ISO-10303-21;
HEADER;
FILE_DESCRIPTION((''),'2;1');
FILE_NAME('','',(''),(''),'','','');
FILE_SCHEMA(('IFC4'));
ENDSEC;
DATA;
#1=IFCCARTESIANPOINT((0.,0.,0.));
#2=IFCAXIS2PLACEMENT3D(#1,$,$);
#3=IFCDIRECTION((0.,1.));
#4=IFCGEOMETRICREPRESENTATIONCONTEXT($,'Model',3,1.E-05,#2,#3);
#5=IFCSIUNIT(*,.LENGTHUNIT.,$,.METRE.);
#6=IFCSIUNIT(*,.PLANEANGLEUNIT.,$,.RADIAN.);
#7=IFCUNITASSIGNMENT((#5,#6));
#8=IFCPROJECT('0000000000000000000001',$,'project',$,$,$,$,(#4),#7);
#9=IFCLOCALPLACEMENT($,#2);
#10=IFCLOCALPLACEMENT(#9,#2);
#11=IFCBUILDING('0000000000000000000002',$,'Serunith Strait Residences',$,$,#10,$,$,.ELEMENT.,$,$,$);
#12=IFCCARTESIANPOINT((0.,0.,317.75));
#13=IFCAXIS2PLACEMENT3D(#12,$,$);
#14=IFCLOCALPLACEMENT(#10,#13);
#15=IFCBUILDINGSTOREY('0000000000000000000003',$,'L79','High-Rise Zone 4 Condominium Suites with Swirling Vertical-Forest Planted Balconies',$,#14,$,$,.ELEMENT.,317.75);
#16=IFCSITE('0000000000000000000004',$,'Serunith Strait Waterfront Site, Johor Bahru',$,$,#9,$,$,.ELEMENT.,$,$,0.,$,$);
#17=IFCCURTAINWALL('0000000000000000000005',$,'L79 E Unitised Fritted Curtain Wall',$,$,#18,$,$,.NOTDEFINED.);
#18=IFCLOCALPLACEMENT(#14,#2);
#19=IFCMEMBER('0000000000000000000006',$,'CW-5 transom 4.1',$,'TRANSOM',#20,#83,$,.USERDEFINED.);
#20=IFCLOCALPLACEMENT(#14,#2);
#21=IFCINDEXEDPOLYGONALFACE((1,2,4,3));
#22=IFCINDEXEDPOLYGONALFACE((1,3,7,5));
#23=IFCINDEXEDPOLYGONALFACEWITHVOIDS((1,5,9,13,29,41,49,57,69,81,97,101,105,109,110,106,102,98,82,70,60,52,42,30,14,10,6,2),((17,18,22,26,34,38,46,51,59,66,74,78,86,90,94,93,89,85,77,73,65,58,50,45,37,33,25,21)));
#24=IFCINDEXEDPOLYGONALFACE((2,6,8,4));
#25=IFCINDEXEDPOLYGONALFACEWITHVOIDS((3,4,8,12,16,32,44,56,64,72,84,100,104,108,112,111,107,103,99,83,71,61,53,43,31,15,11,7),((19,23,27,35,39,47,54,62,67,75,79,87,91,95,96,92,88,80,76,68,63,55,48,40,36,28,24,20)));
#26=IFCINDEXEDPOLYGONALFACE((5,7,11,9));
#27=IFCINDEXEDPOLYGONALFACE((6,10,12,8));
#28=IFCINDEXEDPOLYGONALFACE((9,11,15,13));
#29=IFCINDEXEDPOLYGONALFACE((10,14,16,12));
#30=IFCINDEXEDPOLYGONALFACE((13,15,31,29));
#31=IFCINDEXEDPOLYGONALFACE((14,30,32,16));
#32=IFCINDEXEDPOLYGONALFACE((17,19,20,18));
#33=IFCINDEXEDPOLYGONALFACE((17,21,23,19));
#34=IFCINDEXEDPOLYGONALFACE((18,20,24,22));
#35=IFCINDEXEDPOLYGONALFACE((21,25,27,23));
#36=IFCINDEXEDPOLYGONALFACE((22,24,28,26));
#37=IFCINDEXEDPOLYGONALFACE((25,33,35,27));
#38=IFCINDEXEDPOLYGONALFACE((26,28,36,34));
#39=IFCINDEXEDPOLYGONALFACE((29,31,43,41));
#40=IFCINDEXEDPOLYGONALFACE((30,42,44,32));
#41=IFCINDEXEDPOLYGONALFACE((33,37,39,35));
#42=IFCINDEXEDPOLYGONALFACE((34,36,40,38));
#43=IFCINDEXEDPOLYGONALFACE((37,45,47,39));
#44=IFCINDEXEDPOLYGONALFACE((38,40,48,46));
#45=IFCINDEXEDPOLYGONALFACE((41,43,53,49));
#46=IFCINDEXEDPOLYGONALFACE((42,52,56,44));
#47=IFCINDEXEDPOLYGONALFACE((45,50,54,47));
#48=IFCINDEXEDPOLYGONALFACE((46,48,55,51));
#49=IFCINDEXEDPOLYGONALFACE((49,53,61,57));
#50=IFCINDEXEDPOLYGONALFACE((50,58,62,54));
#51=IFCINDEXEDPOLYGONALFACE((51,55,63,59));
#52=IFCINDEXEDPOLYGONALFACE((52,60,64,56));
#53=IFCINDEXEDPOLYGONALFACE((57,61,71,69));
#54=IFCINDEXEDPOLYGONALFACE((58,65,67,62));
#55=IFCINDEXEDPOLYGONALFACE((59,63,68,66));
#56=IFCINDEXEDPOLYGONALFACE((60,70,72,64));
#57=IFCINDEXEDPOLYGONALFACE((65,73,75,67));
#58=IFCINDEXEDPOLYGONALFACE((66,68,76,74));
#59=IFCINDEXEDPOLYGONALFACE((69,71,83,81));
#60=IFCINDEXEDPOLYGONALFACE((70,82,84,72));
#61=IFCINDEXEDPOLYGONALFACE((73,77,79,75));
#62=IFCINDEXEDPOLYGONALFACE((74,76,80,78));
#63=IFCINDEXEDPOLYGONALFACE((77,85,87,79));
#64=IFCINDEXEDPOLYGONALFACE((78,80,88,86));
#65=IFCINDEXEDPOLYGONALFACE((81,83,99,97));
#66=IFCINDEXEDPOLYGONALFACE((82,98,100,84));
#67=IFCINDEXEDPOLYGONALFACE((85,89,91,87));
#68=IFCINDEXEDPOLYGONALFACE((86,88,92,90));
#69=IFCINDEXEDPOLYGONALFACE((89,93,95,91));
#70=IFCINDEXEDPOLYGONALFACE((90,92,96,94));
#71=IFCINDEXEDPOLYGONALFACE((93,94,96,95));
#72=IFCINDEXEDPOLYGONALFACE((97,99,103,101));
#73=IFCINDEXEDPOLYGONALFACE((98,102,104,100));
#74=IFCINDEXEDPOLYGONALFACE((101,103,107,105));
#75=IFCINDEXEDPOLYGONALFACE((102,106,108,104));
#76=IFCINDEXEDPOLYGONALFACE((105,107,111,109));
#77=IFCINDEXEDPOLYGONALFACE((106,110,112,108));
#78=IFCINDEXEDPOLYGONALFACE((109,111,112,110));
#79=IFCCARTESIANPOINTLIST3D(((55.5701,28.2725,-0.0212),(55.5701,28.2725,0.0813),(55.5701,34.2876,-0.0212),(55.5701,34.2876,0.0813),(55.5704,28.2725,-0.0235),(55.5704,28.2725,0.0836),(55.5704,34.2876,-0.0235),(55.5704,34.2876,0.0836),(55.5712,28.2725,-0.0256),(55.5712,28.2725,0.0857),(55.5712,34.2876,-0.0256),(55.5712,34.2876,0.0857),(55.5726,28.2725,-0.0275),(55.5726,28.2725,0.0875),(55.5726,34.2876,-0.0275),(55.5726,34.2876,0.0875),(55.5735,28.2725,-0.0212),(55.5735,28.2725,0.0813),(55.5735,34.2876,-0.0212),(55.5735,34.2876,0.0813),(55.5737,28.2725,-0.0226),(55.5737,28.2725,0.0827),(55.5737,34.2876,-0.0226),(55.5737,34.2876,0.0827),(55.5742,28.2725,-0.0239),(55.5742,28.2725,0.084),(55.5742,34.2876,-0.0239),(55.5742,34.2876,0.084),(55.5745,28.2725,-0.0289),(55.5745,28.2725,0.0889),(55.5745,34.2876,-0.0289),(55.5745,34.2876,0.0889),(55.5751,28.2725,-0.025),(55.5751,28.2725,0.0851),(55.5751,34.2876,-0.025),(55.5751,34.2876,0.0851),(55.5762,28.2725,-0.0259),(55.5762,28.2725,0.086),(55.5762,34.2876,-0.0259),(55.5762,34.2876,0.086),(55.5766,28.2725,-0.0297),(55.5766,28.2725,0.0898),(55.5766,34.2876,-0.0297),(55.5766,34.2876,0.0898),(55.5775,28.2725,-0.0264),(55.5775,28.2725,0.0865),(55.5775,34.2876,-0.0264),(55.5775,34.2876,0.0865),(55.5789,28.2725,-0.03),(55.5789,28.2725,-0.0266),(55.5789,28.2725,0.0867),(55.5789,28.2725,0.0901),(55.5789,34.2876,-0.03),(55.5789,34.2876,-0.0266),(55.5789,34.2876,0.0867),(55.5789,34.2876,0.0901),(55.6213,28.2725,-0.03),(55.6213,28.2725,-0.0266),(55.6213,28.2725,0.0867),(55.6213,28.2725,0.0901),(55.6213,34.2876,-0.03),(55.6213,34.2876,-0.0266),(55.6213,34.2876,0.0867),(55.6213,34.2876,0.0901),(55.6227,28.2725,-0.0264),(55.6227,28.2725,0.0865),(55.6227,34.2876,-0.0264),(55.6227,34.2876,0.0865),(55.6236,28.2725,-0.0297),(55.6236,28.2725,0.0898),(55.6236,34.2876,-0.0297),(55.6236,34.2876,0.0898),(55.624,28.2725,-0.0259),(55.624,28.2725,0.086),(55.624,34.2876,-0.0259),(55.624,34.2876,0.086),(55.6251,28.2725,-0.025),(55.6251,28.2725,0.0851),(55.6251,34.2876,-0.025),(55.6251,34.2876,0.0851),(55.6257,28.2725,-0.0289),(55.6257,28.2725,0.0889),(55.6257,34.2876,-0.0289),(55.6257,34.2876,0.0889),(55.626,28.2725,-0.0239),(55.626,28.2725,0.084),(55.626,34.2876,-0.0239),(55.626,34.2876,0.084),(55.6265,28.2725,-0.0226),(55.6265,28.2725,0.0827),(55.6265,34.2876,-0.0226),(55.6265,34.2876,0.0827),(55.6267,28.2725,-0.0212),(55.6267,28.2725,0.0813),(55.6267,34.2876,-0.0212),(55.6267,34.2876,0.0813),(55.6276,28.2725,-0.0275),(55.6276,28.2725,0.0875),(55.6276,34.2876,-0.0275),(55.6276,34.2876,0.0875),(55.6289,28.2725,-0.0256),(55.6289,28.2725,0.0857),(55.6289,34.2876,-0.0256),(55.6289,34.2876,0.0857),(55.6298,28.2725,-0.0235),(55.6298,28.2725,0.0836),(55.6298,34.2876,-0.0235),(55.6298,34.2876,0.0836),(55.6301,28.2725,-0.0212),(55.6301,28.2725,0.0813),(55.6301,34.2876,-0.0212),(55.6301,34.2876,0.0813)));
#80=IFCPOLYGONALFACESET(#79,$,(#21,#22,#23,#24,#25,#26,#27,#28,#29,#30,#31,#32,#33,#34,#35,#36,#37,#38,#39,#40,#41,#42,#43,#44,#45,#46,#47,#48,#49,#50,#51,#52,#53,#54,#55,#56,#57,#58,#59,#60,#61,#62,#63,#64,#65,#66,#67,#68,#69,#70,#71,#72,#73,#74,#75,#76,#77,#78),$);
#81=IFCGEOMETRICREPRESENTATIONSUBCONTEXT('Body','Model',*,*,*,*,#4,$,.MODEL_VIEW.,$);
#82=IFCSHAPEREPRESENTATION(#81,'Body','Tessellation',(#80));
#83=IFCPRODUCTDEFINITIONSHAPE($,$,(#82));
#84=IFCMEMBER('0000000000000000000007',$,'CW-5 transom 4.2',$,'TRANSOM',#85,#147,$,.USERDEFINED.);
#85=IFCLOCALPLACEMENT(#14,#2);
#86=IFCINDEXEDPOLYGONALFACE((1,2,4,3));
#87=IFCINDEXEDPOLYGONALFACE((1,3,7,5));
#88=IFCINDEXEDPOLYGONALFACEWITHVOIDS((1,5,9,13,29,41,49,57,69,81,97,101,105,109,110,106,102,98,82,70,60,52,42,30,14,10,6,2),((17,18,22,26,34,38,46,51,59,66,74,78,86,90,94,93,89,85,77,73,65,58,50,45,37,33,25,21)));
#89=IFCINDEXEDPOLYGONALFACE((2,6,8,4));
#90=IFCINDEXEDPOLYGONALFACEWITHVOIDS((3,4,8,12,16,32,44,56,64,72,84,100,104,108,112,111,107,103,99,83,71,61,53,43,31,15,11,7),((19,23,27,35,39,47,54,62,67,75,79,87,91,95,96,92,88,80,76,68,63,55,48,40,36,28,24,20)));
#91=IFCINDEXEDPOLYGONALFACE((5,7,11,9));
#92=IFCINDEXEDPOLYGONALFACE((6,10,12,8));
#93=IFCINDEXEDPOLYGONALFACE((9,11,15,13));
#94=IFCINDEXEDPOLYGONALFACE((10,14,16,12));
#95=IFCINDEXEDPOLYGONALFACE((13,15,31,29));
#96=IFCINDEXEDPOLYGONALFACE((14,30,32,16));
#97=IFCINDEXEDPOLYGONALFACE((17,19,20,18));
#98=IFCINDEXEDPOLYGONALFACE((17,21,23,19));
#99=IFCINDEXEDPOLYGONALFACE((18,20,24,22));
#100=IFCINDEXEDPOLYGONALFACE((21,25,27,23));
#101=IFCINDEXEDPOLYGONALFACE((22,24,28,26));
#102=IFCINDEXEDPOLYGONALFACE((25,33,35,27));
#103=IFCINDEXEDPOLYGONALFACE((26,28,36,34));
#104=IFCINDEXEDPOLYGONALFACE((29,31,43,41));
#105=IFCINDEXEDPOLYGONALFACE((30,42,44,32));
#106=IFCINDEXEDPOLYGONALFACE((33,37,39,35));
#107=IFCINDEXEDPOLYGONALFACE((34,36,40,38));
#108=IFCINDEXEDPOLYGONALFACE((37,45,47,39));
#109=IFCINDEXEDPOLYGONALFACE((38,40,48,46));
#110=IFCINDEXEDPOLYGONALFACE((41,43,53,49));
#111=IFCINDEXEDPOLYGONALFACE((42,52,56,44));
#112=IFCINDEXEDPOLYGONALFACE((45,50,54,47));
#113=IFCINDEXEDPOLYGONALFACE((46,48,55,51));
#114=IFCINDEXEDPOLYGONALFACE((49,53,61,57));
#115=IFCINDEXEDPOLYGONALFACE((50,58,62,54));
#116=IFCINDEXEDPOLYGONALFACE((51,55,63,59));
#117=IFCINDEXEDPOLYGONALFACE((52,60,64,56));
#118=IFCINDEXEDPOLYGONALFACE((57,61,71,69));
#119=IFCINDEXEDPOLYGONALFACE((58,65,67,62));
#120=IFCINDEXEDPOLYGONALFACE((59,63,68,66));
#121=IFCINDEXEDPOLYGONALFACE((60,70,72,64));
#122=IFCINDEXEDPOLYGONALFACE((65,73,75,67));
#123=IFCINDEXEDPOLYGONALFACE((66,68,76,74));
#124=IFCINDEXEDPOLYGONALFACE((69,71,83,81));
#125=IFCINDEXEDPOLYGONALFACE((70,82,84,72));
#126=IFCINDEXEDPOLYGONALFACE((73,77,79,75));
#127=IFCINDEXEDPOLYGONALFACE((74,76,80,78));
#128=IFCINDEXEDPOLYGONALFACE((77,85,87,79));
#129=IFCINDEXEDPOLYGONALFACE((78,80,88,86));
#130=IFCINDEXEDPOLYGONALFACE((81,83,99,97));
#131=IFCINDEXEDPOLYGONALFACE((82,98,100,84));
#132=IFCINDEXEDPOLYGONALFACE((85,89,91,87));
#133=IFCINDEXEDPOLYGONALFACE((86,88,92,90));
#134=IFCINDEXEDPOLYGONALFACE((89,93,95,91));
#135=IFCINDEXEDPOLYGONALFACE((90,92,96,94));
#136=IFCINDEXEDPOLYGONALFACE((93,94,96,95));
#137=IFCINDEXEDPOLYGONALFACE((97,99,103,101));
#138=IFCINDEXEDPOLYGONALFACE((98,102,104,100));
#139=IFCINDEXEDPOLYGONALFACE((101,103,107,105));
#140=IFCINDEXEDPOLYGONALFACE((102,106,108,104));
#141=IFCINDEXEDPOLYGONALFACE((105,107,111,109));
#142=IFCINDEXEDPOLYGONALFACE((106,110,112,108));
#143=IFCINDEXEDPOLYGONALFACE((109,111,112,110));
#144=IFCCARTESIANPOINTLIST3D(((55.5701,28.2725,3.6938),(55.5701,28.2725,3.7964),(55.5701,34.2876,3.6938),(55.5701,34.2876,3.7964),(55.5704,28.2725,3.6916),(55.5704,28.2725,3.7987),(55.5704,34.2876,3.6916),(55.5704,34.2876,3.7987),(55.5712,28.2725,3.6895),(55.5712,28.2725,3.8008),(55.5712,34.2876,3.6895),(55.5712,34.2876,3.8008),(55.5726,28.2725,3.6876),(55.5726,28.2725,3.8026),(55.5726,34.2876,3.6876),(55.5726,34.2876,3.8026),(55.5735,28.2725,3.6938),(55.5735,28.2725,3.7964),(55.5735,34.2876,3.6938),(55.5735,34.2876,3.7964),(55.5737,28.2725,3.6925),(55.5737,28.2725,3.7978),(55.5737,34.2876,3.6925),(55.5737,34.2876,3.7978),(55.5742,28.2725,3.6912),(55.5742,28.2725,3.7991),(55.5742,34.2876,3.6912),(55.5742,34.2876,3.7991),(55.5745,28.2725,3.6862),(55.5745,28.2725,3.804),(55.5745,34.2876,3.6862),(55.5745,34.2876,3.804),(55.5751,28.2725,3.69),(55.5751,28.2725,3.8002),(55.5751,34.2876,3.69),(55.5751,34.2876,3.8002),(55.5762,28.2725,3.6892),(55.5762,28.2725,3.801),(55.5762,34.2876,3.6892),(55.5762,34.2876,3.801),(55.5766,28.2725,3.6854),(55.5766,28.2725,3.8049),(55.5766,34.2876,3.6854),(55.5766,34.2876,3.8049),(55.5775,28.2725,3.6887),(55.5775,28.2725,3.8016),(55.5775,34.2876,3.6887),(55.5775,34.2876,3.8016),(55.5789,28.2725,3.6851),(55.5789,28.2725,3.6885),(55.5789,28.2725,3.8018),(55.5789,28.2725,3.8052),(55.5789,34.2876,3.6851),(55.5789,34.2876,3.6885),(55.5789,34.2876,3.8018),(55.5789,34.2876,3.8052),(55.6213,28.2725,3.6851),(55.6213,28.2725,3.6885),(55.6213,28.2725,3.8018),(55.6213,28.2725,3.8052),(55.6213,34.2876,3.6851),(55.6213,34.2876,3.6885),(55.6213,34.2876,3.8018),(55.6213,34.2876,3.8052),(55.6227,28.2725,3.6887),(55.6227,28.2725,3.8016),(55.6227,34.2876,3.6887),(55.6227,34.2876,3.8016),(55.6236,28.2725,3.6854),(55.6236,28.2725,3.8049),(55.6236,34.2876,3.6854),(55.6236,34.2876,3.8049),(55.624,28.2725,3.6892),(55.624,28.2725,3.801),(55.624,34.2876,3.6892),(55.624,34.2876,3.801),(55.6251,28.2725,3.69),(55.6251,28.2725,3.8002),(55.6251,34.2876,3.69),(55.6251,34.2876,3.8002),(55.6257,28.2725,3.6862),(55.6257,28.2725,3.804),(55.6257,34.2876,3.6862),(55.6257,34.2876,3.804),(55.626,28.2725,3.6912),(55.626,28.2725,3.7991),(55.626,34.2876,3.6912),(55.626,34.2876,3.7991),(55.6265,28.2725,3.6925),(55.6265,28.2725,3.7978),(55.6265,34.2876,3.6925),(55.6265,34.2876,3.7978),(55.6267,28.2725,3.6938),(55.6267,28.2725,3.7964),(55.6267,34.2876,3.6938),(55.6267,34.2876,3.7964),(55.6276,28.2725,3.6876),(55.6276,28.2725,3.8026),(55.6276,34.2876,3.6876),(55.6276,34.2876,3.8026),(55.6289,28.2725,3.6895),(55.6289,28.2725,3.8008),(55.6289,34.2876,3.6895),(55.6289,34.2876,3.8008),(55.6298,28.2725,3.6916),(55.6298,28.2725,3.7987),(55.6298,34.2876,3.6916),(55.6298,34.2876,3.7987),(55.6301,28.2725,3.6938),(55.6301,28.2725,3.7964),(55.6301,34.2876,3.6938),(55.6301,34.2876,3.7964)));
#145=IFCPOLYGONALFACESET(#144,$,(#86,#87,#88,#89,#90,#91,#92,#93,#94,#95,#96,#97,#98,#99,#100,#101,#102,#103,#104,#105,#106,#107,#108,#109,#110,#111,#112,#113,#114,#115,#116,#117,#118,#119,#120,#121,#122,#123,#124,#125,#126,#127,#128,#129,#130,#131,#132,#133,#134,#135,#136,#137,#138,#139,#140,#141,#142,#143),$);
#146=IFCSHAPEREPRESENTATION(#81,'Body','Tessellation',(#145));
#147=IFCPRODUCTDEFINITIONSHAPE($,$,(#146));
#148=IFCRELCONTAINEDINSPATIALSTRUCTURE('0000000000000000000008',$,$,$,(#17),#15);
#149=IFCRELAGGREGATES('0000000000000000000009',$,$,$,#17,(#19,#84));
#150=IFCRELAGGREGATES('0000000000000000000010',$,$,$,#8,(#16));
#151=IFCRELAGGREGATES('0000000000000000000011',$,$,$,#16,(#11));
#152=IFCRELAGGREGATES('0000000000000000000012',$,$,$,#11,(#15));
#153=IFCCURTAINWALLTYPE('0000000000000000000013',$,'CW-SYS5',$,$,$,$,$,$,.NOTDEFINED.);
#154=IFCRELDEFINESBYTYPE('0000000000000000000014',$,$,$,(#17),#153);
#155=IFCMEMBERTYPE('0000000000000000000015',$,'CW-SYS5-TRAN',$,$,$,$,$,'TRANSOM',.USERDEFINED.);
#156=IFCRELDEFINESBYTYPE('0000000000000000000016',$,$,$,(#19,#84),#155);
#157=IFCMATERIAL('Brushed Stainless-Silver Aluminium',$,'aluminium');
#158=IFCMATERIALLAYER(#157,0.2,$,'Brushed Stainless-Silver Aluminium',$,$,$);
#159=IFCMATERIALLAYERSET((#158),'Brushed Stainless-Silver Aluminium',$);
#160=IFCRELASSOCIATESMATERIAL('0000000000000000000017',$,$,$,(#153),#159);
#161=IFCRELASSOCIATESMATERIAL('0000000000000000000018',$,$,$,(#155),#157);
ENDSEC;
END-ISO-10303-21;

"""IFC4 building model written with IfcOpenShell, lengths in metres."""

from ifc_helpers import new_model, si_unit, direction, frame, origin, origin_2d, place, context, subcontext, project, spatial, hollow_rectangle, extrude, source, transform, mapped, material, layer, layer_set, material_profile, profile_set, type_object, element, aggregate, save


model = new_model("IFC4")

# Units and contexts
model_context = context("Model", 3, precision=1e-05, world=origin(), true_north=direction((0.0, 1.0)))
body_context = subcontext(model_context, "Body", "Model", "MODEL_VIEW")
ifc_project = project(units=[si_unit("LENGTHUNIT", "METRE"), si_unit("PLANEANGLEUNIT", "RADIAN")], contexts=[model_context])

# Site, building, storey
site_placement = place(None, origin())
site = spatial("IfcSite", under=ifc_project, at=site_placement, Name="Serunith Strait Waterfront Site, Johor Bahru", CompositionType="ELEMENT", RefElevation=0.0)
building_placement = place(site_placement, origin())
building = spatial("IfcBuilding", under=site, at=building_placement, Name="Serunith Strait Residences", CompositionType="ELEMENT")
storey_placement = place(building_placement, frame((0.0, 0.0, 317.75)))
storey = spatial("IfcBuildingStorey", under=building, at=storey_placement, Name="L79", Description="High-Rise Zone 4 Condominium Suites with Swirling Vertical-Forest Planted Balconies", CompositionType="ELEMENT", Elevation=317.75)

# Curtain wall, members
ifc_material_1 = material(Name="Brushed Stainless-Silver Aluminium", Category="aluminium")
ifc_layer_1 = layer(ifc_material_1, 0.2, Name="Brushed Stainless-Silver Aluminium")
ifc_layer_set_1 = layer_set([ifc_layer_1], Name="Brushed Stainless-Silver Aluminium")
curtain_wall_type = type_object("IfcCurtainWallType", Name="CW-SYS5", PredefinedType="NOTDEFINED", material=ifc_layer_set_1)
curtain_wall_placement = place(storey_placement, origin())
curtain_wall = element("IfcCurtainWall", 1, at=curtain_wall_placement, inside=storey, type_object=curtain_wall_type, Name="L79 E Unitised Fritted Curtain Wall", PredefinedType="NOTDEFINED")
ifc_material_profile_1 = material_profile(ifc_material_1, hollow_rectangle(XDim=0.0601, YDim=0.1201, WallThickness=0.0034, InnerFilletRadius=0.0054, OuterFilletRadius=0.0088, at=origin_2d()), Name="ALU 120x60x3.5")
ifc_profile_set_1 = profile_set([ifc_material_profile_1], Name="Brushed Stainless-Silver Aluminium")
member_type_1 = type_object("IfcMemberType", Name="CW-SYS5-TRAN", ElementType="TRANSOM", PredefinedType="USERDEFINED", material=ifc_profile_set_1)
shared_shape_1 = source(origin(), body_context, "Body", "SweptSolid", [
    extrude(hollow_rectangle(XDim=0.0601, YDim=0.1201, WallThickness=0.0034, InnerFilletRadius=0.0054, OuterFilletRadius=0.0088, at=origin_2d()), origin(), (0.0, 0.0, 1.0), 6.0151),
])
member_1_placement = place(storey_placement, frame((55.6001, 28.2725, 0.03), z_axis=(0.0, 1.0, 0.0), x_axis=(-1.0, 0.0, 0.0)))
member_1 = element("IfcMember", 2, at=member_1_placement, type_object=member_type_1, Name="CW-5 transom 4.1", ObjectType="TRANSOM", PredefinedType="USERDEFINED", context=body_context, shape_type="MappedRepresentation", body=[
    mapped(shared_shape_1, transform((0.0, 0.0, 0.0), scale=1.0)),
])
member_2_placement = place(storey_placement, frame((55.6001, 28.2725, 3.7451), z_axis=(0.0, 1.0, 0.0), x_axis=(-1.0, 0.0, 0.0)))
member_2 = element("IfcMember", 3, at=member_2_placement, type_object=member_type_1, Name="CW-5 transom 4.2", ObjectType="TRANSOM", PredefinedType="USERDEFINED", context=body_context, shape_type="MappedRepresentation", body=[
    mapped(shared_shape_1, transform((0.0, 0.0, 0.0), scale=1.0)),
])
aggregate(curtain_wall, [member_1, member_2])

save(model, "model.ifc")
